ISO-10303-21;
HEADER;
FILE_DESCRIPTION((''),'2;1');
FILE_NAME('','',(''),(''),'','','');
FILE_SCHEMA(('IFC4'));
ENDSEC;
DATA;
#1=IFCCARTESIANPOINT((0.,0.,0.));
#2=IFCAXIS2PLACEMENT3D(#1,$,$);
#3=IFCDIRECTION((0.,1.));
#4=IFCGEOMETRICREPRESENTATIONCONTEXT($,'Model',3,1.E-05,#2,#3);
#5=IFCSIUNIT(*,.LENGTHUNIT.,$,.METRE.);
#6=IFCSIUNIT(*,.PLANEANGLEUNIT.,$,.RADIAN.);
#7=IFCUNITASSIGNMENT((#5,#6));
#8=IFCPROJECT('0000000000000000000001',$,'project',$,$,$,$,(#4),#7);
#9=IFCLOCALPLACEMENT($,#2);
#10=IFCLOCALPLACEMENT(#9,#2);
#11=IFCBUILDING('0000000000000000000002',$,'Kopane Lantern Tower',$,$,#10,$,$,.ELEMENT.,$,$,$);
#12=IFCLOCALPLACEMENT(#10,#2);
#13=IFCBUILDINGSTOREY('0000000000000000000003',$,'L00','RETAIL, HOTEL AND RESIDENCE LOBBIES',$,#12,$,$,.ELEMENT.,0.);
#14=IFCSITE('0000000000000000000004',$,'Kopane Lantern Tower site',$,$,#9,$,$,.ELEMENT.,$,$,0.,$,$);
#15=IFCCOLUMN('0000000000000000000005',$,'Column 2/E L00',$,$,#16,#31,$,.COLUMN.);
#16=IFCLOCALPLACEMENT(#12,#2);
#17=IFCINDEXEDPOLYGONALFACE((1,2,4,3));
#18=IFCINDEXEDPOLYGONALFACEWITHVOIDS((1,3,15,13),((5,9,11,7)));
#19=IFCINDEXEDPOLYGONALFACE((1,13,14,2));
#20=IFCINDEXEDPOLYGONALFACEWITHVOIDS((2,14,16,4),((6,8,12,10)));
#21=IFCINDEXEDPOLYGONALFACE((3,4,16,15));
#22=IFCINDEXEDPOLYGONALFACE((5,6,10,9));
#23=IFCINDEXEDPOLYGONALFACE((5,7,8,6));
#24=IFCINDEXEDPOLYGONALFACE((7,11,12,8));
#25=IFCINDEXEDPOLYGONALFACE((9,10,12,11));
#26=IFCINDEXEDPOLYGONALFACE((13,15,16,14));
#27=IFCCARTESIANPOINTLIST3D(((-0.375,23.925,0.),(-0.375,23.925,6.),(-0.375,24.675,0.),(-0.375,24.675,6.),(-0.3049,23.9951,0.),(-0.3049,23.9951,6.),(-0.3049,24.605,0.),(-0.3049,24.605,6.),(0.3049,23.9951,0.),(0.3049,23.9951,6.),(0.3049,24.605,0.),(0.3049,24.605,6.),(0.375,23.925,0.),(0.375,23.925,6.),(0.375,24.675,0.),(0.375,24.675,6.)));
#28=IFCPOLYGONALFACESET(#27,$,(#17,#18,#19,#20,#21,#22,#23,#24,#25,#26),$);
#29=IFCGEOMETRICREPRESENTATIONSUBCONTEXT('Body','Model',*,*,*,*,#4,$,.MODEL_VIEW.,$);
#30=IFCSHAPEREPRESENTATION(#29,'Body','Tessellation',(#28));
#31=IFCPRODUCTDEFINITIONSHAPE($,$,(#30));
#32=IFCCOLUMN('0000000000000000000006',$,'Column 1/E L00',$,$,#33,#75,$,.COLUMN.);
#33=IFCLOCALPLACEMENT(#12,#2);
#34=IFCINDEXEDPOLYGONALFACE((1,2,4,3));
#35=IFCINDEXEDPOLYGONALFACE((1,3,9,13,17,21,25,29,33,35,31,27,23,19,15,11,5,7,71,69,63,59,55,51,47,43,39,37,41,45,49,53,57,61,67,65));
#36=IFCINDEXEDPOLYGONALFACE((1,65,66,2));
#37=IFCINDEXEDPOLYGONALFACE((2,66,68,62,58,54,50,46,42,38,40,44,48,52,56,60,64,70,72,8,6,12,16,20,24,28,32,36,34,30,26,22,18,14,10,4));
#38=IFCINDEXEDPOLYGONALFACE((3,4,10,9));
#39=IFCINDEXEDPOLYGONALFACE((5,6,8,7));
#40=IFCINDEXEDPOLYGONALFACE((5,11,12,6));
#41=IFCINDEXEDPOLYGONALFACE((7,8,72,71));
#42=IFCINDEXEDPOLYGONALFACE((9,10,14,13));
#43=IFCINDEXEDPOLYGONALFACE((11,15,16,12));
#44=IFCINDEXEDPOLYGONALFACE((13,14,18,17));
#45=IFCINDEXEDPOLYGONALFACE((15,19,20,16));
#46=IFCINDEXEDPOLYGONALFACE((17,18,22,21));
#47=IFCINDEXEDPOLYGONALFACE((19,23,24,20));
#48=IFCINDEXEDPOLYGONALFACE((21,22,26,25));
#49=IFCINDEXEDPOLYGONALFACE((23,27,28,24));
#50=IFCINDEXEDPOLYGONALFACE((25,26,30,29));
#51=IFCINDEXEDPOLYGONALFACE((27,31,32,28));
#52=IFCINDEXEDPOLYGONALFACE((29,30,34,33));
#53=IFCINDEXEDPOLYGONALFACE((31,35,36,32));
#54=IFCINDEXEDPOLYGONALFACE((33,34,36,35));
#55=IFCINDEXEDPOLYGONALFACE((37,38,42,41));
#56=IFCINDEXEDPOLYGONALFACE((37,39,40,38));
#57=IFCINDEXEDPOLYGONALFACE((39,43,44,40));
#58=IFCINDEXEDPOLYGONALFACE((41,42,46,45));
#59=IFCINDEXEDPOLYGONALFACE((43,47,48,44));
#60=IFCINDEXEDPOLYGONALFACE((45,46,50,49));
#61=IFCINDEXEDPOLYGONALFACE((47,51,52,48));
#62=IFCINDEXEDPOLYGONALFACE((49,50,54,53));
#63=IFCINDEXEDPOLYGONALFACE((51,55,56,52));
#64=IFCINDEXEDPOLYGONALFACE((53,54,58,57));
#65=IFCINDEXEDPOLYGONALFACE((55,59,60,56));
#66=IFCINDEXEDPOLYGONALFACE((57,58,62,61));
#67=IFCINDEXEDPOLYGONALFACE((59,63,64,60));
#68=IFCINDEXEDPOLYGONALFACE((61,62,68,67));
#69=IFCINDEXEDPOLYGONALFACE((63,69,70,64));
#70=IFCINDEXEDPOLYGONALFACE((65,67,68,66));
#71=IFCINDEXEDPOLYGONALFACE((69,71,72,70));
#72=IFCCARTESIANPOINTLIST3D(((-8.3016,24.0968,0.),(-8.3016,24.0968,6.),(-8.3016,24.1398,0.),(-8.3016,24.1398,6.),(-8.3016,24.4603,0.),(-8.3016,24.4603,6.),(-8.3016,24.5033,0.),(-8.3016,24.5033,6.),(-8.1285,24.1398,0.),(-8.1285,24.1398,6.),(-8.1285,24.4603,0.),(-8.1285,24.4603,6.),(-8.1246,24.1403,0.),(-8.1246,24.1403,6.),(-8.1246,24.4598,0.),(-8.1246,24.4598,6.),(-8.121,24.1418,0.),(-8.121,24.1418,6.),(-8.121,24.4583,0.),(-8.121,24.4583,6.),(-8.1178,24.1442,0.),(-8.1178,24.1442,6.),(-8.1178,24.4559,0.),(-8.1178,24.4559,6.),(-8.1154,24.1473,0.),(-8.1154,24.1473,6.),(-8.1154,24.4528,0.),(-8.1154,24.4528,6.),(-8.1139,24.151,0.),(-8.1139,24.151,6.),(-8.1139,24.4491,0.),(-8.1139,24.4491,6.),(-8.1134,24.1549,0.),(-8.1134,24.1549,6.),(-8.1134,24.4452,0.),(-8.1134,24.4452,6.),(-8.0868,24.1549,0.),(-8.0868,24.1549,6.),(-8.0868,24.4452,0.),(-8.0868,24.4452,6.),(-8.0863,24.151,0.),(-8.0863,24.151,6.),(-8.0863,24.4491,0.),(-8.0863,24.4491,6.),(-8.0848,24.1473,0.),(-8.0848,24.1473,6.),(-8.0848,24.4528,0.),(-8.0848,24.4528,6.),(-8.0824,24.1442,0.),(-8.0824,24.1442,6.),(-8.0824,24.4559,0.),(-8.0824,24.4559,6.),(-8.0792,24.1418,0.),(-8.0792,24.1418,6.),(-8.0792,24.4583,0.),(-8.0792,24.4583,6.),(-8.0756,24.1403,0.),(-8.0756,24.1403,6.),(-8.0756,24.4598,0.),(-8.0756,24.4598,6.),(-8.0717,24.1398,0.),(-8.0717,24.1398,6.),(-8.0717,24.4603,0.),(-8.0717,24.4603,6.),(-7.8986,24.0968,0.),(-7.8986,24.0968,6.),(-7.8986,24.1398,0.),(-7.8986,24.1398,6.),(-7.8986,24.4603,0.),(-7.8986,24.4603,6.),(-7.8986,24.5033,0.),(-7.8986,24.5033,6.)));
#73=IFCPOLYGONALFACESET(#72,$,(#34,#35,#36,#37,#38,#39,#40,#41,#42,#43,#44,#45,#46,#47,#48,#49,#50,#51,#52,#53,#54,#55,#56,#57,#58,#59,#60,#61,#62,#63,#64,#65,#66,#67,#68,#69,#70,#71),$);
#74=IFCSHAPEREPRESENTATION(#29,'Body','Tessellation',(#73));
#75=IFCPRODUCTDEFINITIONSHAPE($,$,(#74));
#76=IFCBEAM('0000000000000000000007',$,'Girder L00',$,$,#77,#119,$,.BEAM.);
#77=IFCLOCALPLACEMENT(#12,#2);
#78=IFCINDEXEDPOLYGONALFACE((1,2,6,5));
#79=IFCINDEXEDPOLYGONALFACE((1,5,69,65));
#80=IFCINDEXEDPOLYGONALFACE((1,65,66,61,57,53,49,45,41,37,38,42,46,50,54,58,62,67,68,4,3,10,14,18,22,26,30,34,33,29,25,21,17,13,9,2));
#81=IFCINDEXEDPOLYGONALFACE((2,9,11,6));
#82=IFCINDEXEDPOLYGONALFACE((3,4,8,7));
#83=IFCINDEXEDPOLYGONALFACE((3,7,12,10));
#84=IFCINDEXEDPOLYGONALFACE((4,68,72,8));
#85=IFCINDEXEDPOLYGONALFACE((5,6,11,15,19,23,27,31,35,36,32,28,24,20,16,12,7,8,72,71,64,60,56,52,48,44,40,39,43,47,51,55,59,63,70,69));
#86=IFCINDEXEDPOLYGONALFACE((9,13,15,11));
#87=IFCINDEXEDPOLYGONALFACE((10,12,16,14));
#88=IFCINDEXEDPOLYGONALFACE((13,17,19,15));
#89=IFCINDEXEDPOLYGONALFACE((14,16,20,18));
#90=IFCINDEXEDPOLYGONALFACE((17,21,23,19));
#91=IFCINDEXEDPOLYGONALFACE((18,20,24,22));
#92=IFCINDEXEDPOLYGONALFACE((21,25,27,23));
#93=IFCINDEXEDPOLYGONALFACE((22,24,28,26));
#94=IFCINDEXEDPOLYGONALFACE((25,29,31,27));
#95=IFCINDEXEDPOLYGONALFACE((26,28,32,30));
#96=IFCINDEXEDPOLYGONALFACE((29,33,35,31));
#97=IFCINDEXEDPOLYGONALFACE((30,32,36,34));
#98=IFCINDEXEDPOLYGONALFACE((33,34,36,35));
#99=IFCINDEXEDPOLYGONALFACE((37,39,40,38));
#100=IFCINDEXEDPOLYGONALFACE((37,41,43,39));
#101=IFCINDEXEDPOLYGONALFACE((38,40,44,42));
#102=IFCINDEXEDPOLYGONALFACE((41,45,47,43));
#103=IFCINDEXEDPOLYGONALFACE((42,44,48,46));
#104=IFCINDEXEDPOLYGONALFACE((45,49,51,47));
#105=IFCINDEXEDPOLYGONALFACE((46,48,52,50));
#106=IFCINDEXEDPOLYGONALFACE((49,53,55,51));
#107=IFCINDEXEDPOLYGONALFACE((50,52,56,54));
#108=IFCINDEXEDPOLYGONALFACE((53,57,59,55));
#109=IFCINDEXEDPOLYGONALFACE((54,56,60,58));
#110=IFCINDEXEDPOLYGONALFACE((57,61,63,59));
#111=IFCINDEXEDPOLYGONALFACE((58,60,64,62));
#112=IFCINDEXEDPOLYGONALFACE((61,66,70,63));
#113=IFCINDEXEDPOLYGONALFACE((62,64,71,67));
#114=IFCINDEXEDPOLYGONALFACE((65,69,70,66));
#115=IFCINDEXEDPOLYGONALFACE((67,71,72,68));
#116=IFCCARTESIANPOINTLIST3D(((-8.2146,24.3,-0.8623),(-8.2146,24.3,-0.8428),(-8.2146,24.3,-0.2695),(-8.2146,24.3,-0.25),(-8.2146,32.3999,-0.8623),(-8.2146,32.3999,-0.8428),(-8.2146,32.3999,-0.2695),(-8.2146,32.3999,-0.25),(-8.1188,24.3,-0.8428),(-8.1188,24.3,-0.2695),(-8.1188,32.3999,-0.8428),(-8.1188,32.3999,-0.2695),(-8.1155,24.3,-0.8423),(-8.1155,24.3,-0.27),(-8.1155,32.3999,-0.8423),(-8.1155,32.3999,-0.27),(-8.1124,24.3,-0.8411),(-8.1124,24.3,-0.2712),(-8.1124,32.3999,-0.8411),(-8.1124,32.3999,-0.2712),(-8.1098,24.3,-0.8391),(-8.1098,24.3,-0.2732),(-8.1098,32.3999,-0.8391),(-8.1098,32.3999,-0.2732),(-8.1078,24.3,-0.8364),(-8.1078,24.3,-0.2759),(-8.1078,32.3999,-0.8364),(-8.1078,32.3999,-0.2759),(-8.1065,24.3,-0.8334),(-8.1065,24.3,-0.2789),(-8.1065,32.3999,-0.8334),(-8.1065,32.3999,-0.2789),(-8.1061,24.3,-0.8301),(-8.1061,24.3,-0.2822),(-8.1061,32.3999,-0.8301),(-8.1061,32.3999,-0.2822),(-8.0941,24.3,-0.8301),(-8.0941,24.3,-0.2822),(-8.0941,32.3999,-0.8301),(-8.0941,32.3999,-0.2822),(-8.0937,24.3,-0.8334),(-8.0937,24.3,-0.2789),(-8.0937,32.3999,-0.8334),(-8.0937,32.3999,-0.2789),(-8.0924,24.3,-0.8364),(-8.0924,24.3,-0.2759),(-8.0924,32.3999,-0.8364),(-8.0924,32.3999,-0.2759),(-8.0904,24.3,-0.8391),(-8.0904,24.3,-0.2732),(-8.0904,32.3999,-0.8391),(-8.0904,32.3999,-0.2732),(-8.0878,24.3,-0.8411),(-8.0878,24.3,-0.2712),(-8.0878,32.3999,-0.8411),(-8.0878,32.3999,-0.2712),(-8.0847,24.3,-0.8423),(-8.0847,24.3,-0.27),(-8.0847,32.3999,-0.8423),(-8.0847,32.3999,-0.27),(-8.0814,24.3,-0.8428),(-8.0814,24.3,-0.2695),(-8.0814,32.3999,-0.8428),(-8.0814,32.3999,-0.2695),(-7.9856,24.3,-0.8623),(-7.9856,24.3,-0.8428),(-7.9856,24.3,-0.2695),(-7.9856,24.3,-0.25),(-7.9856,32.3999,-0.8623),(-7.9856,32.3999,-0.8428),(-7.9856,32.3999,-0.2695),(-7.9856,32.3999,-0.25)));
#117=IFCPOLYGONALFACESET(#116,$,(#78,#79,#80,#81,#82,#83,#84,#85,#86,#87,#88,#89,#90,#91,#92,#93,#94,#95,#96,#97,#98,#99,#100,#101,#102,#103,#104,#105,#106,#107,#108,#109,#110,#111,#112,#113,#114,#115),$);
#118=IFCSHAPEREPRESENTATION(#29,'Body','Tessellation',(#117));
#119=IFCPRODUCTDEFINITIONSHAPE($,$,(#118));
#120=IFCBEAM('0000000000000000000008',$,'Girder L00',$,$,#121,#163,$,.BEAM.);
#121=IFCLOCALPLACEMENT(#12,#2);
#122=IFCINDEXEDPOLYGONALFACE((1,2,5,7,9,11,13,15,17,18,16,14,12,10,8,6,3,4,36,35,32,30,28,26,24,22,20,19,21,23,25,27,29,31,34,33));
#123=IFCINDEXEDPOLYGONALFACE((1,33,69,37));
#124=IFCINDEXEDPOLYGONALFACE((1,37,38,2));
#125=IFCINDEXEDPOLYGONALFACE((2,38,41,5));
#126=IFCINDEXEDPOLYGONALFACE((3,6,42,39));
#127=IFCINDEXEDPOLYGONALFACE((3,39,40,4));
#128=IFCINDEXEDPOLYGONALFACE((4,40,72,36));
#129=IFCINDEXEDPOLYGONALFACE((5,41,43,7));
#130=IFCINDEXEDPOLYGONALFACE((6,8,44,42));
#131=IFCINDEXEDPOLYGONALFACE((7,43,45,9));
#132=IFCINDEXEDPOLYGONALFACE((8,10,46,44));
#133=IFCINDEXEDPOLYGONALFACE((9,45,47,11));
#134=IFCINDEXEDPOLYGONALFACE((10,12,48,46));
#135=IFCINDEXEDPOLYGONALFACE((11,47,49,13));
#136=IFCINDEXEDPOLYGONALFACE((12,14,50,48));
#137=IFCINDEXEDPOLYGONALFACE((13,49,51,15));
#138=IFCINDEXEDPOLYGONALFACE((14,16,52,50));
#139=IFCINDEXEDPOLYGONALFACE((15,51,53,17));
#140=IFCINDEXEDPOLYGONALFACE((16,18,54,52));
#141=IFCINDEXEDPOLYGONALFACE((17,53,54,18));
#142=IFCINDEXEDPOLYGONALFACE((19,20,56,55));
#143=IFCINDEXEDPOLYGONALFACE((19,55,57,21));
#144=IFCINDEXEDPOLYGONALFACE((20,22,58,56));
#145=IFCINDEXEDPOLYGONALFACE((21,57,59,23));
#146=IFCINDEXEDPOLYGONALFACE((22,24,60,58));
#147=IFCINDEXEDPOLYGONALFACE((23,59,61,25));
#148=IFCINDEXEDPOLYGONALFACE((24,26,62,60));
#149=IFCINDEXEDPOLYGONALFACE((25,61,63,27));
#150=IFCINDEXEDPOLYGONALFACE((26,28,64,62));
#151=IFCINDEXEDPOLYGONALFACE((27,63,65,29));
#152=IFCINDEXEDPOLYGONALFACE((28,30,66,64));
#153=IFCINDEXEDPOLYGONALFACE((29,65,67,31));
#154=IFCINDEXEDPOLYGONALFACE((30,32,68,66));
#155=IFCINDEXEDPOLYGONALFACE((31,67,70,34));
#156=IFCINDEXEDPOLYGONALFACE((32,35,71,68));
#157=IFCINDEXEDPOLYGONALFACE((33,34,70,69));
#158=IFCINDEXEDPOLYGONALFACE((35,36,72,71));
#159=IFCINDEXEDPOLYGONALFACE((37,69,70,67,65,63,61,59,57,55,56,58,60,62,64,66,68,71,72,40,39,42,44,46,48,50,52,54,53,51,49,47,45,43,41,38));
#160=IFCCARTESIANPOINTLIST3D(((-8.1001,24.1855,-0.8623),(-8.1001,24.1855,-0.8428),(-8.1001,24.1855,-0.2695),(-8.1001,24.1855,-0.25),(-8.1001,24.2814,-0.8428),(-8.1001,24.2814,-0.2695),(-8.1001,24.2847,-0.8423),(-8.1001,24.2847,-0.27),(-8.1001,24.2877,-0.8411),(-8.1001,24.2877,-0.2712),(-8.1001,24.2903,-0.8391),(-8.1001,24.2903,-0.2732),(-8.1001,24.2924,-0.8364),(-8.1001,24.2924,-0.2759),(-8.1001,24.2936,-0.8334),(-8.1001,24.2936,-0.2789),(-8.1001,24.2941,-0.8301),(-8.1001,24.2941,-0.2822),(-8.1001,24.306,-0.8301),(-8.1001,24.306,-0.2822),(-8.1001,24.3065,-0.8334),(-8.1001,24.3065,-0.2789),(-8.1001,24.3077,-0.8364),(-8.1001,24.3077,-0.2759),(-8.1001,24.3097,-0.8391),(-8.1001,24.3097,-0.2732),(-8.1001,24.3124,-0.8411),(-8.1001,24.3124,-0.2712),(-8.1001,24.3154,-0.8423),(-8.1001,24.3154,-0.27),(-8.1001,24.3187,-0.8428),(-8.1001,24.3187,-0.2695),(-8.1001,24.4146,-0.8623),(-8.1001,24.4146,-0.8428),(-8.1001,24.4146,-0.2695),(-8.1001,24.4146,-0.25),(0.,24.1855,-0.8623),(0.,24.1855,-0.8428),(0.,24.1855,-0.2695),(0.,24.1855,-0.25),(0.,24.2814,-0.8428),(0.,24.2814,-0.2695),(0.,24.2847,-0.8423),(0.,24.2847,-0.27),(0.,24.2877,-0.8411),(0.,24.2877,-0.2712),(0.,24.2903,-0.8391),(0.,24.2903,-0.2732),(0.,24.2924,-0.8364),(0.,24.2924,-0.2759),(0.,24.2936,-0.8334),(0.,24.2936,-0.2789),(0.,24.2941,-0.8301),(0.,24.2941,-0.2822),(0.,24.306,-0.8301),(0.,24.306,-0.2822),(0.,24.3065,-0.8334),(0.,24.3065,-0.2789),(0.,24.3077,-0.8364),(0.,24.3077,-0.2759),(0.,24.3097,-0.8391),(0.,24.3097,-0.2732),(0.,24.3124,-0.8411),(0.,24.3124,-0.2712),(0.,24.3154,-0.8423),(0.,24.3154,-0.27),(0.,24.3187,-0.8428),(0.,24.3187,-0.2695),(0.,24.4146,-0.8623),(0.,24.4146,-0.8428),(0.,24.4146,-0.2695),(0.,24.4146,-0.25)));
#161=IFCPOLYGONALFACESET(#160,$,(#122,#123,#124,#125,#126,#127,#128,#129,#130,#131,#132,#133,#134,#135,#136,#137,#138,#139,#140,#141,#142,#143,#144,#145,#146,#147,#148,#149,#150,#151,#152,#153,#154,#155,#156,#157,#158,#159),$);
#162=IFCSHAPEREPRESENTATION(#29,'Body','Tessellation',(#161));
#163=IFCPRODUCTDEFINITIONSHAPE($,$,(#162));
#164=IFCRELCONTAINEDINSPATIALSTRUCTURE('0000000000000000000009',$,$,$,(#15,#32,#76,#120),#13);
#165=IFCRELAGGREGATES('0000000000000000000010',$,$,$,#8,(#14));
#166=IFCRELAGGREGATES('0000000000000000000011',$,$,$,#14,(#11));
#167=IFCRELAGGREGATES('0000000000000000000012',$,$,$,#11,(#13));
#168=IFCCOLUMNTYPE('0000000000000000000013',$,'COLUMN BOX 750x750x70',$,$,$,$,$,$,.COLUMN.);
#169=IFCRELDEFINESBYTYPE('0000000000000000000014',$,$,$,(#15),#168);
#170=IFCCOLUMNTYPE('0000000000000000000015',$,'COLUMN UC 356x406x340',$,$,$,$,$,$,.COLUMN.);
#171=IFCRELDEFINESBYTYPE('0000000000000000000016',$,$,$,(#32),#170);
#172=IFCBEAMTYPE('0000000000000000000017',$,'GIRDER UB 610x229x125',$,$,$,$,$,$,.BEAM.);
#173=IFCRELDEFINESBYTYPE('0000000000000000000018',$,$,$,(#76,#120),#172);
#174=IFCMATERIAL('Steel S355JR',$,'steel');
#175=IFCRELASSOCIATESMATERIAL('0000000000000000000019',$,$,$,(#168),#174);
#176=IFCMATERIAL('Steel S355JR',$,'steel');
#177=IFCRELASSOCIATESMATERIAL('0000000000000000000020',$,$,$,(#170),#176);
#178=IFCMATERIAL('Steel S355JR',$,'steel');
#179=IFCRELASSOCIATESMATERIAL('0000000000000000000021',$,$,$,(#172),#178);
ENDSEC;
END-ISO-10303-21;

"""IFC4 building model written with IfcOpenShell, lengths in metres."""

from ifc_helpers import new_model, si_unit, direction, frame, origin, origin_2d, place, context, subcontext, project, spatial, hollow_rectangle, i_section, extrude, material, material_profile, profile_set, type_object, element, save


model = new_model("IFC4")

# Units and contexts
model_context = context("Model", 3, precision=1e-05, world=origin(), true_north=direction((0.0, 1.0)))
body_context = subcontext(model_context, "Body", "Model", "MODEL_VIEW")
ifc_project = project(units=[si_unit("LENGTHUNIT", "METRE"), si_unit("PLANEANGLEUNIT", "RADIAN")], contexts=[model_context])

# Site, building, storey
site_placement = place(None, origin())
site = spatial("IfcSite", under=ifc_project, at=site_placement, Name="Kopane Lantern Tower site", CompositionType="ELEMENT", RefElevation=0.0)
building_placement = place(site_placement, origin())
building = spatial("IfcBuilding", under=site, at=building_placement, Name="Kopane Lantern Tower", CompositionType="ELEMENT")
storey_placement = place(building_placement, origin())
storey = spatial("IfcBuildingStorey", under=building, at=storey_placement, Name="L00", Description="RETAIL, HOTEL AND RESIDENCE LOBBIES", CompositionType="ELEMENT", Elevation=0.0)

# Columns
ifc_material_1 = material(Name="Steel S355JR", Category="steel")
ifc_material_profile_1 = material_profile(ifc_material_1, hollow_rectangle(XDim=0.75, YDim=0.75, WallThickness=0.0701, at=origin_2d()), Name="BOX 750x750x70")
ifc_profile_set_1 = profile_set([ifc_material_profile_1], Name="Steel S355JR")
column_type_1 = type_object("IfcColumnType", Name="COLUMN BOX 750x750x70", PredefinedType="COLUMN", material=ifc_profile_set_1)
column_1_placement = place(storey_placement, frame((0.0, 24.3, 0.0), z_axis=(0.0, 0.0, 1.0), x_axis=(1.0, 0.0, 0.0)))
element("IfcColumn", 1, at=column_1_placement, inside=storey, type_object=column_type_1, Name="Column 2/E L00", PredefinedType="COLUMN", context=body_context, shape_type="SweptSolid", body=[
    extrude(hollow_rectangle(XDim=0.75, YDim=0.75, WallThickness=0.0701, at=origin_2d()), origin(), (0.0, 0.0, 1.0), 6.0),
])
ifc_material_2 = material(Name="Steel S355JR", Category="steel")
ifc_material_profile_2 = material_profile(ifc_material_2, i_section(OverallWidth=0.4031, OverallDepth=0.4065, WebThickness=0.0266, FlangeThickness=0.043, FilletRadius=0.0151, at=origin_2d()), Name="UC 356x406x340")
ifc_profile_set_2 = profile_set([ifc_material_profile_2], Name="Steel S355JR")
column_type_2 = type_object("IfcColumnType", Name="COLUMN UC 356x406x340", PredefinedType="COLUMN", material=ifc_profile_set_2)
column_2_placement = place(storey_placement, frame((-8.1001, 24.3, 0.0), z_axis=(0.0, 0.0, 1.0), x_axis=(1.0, 0.0, 0.0)))
element("IfcColumn", 2, at=column_2_placement, inside=storey, type_object=column_type_2, Name="Column 1/E L00", PredefinedType="COLUMN", context=body_context, shape_type="SweptSolid", body=[
    extrude(i_section(OverallWidth=0.4031, OverallDepth=0.4065, WebThickness=0.0266, FlangeThickness=0.043, FilletRadius=0.0151, at=origin_2d()), origin(), (0.0, 0.0, 1.0), 6.0),
])

# Beams
ifc_material_3 = material(Name="Steel S355JR", Category="steel")
ifc_material_profile_3 = material_profile(ifc_material_3, i_section(OverallWidth=0.229, OverallDepth=0.6123, WebThickness=0.012, FlangeThickness=0.0195, FilletRadius=0.0127, at=origin_2d()), Name="UB 610x229x125")
ifc_profile_set_3 = profile_set([ifc_material_profile_3], Name="Steel S355JR")
beam_type = type_object("IfcBeamType", Name="GIRDER UB 610x229x125", PredefinedType="BEAM", material=ifc_profile_set_3)
beam_1_placement = place(storey_placement, frame((-8.1001, 24.3, -0.5562), z_axis=(0.0, 1.0, 0.0), x_axis=(-1.0, 0.0, 0.0)))
element("IfcBeam", 3, at=beam_1_placement, inside=storey, type_object=beam_type, Name="Girder L00", PredefinedType="BEAM", context=body_context, shape_type="SweptSolid", body=[
    extrude(i_section(OverallWidth=0.229, OverallDepth=0.6123, WebThickness=0.012, FlangeThickness=0.0195, FilletRadius=0.0127, at=origin_2d()), origin(), (0.0, 0.0, 1.0), 8.0999),
])
beam_2_placement = place(storey_placement, frame((-8.1001, 24.3, -0.5562), z_axis=(1.0, 0.0, 0.0), x_axis=(0.0, 1.0, 0.0)))
element("IfcBeam", 4, at=beam_2_placement, inside=storey, type_object=beam_type, Name="Girder L00", PredefinedType="BEAM", context=body_context, shape_type="SweptSolid", body=[
    extrude(i_section(OverallWidth=0.229, OverallDepth=0.6123, WebThickness=0.012, FlangeThickness=0.0195, FilletRadius=0.0127, at=origin_2d()), origin(), (0.0, 0.0, 1.0), 8.1001),
])

save(model, "model.ifc")
